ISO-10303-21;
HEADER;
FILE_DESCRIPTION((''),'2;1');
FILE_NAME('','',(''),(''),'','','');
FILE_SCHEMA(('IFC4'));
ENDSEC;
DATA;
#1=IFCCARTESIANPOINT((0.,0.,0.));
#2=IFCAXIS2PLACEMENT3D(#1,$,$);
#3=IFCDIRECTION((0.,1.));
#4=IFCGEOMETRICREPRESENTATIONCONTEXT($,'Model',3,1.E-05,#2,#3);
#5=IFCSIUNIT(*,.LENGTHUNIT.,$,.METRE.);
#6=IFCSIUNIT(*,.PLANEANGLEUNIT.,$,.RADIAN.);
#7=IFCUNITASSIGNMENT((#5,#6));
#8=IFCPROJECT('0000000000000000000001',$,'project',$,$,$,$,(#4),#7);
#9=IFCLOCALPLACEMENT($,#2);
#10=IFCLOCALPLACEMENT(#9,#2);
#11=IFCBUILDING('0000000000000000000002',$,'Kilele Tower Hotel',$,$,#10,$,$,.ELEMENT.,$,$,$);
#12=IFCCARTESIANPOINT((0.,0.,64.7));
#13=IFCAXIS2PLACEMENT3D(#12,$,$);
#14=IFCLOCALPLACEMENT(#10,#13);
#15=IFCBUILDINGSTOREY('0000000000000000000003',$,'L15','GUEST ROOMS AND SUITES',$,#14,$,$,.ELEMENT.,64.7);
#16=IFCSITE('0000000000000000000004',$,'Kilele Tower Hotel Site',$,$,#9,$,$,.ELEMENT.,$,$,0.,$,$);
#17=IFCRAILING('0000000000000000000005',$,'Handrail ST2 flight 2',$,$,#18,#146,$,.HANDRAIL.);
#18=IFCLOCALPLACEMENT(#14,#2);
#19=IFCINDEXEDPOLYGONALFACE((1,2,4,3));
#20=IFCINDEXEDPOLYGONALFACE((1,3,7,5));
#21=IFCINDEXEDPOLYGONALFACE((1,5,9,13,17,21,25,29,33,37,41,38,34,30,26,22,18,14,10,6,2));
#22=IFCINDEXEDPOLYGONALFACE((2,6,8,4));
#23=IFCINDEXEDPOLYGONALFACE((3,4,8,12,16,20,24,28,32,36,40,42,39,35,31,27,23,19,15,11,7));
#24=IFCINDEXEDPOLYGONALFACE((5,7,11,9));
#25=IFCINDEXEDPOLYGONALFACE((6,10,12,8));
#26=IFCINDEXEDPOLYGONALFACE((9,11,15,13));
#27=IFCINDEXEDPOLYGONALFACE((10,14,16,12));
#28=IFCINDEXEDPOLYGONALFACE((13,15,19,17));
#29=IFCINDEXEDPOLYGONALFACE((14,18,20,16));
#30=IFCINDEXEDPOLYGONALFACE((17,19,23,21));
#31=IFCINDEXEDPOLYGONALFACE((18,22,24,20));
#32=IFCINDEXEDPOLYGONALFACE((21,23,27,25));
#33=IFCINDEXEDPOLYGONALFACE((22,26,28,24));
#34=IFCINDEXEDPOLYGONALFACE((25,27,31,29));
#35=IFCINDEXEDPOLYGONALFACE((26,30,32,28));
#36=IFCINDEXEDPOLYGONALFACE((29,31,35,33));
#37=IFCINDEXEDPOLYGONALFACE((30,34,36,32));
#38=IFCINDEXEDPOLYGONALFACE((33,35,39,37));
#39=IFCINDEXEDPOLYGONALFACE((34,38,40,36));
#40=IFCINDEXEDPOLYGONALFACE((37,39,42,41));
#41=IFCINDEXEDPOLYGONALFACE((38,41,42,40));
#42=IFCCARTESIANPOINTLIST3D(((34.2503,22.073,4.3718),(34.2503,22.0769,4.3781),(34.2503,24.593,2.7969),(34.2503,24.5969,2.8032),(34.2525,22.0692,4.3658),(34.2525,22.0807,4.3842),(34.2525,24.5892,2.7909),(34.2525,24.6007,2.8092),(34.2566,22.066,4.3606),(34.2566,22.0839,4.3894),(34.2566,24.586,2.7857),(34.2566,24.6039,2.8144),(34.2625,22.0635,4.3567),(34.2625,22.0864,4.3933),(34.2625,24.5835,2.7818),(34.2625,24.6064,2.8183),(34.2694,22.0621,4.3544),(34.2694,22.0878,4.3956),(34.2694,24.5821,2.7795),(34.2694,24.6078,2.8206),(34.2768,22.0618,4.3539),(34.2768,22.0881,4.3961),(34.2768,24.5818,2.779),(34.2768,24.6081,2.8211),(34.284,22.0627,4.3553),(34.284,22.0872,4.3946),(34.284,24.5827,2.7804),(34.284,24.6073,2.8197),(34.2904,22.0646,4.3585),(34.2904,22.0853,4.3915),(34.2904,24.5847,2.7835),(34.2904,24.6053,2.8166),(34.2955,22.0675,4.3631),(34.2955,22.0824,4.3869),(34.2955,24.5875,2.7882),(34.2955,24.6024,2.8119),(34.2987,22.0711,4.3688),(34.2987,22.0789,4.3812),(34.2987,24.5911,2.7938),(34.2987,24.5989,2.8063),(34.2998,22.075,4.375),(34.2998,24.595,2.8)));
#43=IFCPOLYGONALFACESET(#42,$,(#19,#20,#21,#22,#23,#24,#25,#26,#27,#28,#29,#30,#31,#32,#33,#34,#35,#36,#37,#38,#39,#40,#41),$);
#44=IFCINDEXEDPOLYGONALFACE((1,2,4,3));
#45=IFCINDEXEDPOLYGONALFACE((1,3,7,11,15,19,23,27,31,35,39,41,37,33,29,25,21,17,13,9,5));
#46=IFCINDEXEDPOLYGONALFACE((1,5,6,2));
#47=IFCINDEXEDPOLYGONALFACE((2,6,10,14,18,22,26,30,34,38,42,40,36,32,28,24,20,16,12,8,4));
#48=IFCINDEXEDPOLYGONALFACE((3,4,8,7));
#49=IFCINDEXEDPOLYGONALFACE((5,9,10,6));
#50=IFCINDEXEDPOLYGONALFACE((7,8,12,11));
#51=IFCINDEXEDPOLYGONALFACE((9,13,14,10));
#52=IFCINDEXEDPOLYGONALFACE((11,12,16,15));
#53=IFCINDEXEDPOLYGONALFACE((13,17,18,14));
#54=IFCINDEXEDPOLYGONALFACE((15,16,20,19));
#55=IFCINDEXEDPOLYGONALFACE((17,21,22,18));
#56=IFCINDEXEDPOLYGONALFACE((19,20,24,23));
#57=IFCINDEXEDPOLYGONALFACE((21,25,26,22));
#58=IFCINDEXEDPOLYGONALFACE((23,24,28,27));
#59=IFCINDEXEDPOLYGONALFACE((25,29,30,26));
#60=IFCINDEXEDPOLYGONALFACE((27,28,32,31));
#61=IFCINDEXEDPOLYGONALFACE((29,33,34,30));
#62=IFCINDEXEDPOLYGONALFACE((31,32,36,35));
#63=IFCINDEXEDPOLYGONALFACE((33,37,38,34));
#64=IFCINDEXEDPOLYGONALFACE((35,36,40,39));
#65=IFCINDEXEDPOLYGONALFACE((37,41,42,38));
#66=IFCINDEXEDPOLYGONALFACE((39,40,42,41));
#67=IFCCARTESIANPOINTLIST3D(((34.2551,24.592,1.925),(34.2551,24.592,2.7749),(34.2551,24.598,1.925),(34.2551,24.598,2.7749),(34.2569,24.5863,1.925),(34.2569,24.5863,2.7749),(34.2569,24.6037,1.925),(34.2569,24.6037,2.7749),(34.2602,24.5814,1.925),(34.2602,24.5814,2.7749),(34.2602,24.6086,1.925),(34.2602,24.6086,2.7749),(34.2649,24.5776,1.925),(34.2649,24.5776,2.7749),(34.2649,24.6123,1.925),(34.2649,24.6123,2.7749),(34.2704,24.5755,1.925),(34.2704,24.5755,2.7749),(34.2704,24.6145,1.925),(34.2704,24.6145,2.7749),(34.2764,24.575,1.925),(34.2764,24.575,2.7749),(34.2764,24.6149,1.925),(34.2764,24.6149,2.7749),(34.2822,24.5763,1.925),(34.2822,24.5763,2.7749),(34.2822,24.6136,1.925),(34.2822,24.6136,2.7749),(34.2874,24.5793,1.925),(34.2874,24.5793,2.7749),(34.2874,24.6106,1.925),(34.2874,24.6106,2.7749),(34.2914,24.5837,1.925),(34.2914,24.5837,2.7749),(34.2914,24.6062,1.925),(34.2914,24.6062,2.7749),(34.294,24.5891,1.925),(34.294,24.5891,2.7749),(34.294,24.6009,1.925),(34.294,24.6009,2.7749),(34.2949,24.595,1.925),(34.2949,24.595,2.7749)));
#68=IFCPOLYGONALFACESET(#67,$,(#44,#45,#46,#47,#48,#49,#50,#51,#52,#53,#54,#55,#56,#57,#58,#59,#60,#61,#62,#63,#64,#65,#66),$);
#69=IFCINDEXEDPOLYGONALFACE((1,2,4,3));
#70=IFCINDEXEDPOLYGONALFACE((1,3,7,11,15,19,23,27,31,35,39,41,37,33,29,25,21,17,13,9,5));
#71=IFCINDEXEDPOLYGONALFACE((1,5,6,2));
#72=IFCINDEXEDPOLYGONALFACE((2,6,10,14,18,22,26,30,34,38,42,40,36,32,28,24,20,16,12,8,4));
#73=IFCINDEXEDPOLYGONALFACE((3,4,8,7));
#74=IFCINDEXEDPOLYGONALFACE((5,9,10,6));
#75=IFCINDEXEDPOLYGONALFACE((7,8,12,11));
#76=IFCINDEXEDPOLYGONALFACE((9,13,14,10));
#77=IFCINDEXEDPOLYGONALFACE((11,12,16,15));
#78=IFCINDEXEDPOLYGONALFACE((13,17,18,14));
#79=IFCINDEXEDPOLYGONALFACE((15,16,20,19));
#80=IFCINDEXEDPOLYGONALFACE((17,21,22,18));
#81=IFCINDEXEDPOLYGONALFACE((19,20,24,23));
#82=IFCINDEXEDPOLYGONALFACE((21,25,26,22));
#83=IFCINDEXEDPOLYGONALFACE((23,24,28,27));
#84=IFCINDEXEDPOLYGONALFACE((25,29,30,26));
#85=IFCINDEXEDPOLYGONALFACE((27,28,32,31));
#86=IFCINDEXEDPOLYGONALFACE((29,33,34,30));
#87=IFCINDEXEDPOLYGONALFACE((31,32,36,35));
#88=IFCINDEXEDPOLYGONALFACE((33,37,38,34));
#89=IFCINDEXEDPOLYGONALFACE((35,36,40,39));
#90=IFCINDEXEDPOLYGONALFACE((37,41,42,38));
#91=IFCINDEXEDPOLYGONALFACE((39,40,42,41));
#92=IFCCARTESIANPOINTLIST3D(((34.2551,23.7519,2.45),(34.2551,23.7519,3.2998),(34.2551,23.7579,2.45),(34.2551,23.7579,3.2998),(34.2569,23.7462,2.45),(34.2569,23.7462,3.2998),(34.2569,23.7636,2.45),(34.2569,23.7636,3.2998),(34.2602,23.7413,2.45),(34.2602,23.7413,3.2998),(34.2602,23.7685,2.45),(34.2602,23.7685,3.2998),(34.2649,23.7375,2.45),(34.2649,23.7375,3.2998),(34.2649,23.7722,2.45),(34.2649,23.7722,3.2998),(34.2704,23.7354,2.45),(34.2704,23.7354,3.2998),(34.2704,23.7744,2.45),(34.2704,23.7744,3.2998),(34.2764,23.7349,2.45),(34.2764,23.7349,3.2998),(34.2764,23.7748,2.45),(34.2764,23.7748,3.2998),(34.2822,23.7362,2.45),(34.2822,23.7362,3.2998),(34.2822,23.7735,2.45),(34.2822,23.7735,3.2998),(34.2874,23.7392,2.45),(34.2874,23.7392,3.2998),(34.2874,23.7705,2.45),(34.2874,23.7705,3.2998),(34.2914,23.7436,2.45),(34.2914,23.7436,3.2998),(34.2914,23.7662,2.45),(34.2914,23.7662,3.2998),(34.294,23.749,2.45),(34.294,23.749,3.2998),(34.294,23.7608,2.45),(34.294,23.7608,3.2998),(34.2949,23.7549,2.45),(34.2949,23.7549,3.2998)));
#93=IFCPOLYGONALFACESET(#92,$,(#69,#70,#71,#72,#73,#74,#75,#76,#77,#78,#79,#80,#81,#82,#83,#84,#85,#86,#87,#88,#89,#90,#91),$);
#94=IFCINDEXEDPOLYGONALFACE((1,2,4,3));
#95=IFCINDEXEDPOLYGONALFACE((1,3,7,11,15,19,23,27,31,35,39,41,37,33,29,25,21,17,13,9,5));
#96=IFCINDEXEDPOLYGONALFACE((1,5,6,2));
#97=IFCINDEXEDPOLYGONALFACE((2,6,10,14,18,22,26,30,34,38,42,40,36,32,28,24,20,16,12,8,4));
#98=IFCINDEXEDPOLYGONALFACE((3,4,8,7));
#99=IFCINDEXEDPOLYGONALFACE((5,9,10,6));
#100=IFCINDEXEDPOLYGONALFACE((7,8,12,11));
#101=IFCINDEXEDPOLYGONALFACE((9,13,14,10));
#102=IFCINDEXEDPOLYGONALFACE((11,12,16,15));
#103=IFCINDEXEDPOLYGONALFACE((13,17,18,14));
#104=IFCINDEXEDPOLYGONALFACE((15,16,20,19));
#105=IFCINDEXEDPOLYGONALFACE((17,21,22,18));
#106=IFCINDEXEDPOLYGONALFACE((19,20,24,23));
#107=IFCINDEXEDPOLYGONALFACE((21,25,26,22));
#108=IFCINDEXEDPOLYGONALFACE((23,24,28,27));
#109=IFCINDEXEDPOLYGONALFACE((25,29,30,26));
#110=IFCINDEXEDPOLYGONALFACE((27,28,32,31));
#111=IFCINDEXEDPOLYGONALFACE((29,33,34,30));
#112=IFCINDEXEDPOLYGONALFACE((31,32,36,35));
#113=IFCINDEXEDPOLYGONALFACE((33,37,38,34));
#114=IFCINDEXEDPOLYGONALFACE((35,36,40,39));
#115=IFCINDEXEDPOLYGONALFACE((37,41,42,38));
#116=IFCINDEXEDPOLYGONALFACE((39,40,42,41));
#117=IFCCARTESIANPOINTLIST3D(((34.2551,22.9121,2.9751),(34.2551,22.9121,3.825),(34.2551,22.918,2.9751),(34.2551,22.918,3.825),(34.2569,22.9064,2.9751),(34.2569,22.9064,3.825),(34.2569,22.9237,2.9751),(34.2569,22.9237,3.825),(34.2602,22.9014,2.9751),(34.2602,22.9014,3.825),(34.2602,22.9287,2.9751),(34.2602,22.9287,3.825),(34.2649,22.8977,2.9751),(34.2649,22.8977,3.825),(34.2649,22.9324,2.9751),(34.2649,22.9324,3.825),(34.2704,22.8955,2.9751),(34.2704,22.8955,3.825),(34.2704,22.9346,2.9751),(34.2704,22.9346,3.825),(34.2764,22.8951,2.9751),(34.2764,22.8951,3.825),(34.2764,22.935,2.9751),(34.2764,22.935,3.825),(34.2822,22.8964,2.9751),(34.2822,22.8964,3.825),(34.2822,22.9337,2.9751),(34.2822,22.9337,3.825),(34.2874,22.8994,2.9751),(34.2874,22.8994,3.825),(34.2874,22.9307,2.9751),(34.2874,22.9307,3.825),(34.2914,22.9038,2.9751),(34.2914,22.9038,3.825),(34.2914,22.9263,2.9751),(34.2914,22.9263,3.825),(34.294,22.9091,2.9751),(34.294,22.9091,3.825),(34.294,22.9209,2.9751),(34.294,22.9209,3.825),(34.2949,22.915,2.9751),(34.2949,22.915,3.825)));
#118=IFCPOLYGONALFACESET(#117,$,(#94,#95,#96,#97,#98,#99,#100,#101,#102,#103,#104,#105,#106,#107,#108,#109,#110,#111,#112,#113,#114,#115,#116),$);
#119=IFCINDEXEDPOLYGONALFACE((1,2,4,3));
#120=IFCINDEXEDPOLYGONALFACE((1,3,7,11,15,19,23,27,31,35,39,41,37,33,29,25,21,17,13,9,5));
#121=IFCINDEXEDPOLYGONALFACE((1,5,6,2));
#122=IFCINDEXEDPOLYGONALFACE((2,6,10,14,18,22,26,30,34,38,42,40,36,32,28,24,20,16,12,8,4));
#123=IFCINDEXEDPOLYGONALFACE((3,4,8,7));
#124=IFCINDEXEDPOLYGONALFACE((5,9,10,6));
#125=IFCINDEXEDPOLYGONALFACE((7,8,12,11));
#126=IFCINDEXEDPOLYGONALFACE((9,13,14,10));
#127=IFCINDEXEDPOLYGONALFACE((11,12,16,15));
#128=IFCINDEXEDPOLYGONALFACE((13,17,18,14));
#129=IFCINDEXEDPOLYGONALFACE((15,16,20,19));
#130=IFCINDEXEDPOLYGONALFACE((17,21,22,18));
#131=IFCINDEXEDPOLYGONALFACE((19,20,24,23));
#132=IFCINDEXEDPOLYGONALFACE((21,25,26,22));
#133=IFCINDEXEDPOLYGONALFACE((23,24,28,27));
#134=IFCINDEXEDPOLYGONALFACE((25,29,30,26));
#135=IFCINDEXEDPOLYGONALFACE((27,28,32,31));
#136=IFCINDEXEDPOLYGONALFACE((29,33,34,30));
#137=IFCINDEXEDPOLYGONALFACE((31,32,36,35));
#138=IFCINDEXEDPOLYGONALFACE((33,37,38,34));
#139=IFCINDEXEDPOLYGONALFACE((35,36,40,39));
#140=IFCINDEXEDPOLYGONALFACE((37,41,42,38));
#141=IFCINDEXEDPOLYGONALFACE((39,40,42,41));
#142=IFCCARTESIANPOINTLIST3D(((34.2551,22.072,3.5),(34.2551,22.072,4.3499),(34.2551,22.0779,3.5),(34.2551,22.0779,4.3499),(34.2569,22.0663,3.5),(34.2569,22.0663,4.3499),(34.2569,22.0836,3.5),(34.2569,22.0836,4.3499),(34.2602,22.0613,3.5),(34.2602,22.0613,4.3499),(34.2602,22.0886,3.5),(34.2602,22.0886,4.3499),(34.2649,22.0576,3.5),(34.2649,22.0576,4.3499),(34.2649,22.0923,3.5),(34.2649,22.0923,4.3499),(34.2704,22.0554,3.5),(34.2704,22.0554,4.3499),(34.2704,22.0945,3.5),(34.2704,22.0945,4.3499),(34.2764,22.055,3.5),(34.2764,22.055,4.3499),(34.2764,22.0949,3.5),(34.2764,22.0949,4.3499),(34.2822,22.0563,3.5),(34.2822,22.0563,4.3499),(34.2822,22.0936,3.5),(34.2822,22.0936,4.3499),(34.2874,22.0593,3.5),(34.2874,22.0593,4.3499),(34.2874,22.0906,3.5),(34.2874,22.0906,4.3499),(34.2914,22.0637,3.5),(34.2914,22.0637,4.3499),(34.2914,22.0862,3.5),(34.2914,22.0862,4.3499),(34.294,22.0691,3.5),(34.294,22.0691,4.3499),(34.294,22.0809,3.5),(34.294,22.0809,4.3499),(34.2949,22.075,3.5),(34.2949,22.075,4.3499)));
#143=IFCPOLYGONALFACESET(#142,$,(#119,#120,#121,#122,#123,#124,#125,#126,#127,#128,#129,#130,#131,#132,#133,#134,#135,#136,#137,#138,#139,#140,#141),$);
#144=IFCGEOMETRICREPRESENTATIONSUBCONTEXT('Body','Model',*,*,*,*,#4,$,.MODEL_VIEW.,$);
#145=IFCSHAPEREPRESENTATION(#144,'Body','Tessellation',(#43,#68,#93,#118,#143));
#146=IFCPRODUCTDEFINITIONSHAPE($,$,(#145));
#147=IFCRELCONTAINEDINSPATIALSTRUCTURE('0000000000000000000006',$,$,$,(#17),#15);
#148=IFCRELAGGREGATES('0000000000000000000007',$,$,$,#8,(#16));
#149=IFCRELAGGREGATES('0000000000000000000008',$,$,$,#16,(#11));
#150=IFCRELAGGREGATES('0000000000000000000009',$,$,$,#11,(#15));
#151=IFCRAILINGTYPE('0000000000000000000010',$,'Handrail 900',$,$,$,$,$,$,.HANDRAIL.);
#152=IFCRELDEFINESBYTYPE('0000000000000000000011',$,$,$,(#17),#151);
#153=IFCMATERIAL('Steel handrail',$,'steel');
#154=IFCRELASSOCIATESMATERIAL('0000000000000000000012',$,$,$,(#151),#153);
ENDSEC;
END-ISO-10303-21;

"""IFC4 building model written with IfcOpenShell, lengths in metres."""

from ifc_helpers import new_model, si_unit, direction, frame, origin, origin_2d, place, context, subcontext, project, spatial, circle, extrude, material, type_object, element, save


model = new_model("IFC4")

# Units and contexts
model_context = context("Model", 3, precision=1e-05, world=origin(), true_north=direction((0.0, 1.0)))
body_context = subcontext(model_context, "Body", "Model", "MODEL_VIEW")
ifc_project = project(units=[si_unit("LENGTHUNIT", "METRE"), si_unit("PLANEANGLEUNIT", "RADIAN")], contexts=[model_context])

# Site, building, storey
site_placement = place(None, origin())
site = spatial("IfcSite", under=ifc_project, at=site_placement, Name="Kilele Tower Hotel Site", CompositionType="ELEMENT", RefElevation=0.0)
building_placement = place(site_placement, origin())
building = spatial("IfcBuilding", under=site, at=building_placement, Name="Kilele Tower Hotel", CompositionType="ELEMENT")
storey_placement = place(building_placement, frame((0.0, 0.0, 64.7)))
storey = spatial("IfcBuildingStorey", under=building, at=storey_placement, Name="L15", Description="GUEST ROOMS AND SUITES", CompositionType="ELEMENT", Elevation=64.7)

# Railing
ifc_material_1 = material(Name="Steel handrail", Category="steel")
railing_type_1 = type_object("IfcRailingType", Name="Handrail 900", PredefinedType="HANDRAIL", material=ifc_material_1)
for number, where, name in (
    (1, (34.2749, 24.595, 1.925), "Handrail ST2 flight 2"),
):
    element("IfcRailing", number, at=place(storey_placement, frame(where)), inside=storey, type_object=railing_type_1, Name=name, PredefinedType="HANDRAIL", context=body_context, shape_type="SweptSolid", body=[
        extrude(circle(Radius=0.0249, at=origin_2d()), frame((0.0, 0.0, 0.875), z_axis=(0.0, -0.848008, 0.529984), x_axis=(1.0, 0.0, 0.0)), (0.0, 0.0, 1.0), 2.9717),
        extrude(circle(Radius=0.02, at=origin_2d()), origin(), (0.0, 0.0, 1.0), 0.8499),
        extrude(circle(Radius=0.02, at=origin_2d()), frame((0.0, -0.8401, 0.5249)), (0.0, 0.0, 1.0), 0.8499),
        extrude(circle(Radius=0.02, at=origin_2d()), frame((0.0, -1.6799, 1.05)), (0.0, 0.0, 1.0), 0.8499),
        extrude(circle(Radius=0.02, at=origin_2d()), frame((0.0, -2.52, 1.575)), (0.0, 0.0, 1.0), 0.8499),
    ])

save(model, "model.ifc")
